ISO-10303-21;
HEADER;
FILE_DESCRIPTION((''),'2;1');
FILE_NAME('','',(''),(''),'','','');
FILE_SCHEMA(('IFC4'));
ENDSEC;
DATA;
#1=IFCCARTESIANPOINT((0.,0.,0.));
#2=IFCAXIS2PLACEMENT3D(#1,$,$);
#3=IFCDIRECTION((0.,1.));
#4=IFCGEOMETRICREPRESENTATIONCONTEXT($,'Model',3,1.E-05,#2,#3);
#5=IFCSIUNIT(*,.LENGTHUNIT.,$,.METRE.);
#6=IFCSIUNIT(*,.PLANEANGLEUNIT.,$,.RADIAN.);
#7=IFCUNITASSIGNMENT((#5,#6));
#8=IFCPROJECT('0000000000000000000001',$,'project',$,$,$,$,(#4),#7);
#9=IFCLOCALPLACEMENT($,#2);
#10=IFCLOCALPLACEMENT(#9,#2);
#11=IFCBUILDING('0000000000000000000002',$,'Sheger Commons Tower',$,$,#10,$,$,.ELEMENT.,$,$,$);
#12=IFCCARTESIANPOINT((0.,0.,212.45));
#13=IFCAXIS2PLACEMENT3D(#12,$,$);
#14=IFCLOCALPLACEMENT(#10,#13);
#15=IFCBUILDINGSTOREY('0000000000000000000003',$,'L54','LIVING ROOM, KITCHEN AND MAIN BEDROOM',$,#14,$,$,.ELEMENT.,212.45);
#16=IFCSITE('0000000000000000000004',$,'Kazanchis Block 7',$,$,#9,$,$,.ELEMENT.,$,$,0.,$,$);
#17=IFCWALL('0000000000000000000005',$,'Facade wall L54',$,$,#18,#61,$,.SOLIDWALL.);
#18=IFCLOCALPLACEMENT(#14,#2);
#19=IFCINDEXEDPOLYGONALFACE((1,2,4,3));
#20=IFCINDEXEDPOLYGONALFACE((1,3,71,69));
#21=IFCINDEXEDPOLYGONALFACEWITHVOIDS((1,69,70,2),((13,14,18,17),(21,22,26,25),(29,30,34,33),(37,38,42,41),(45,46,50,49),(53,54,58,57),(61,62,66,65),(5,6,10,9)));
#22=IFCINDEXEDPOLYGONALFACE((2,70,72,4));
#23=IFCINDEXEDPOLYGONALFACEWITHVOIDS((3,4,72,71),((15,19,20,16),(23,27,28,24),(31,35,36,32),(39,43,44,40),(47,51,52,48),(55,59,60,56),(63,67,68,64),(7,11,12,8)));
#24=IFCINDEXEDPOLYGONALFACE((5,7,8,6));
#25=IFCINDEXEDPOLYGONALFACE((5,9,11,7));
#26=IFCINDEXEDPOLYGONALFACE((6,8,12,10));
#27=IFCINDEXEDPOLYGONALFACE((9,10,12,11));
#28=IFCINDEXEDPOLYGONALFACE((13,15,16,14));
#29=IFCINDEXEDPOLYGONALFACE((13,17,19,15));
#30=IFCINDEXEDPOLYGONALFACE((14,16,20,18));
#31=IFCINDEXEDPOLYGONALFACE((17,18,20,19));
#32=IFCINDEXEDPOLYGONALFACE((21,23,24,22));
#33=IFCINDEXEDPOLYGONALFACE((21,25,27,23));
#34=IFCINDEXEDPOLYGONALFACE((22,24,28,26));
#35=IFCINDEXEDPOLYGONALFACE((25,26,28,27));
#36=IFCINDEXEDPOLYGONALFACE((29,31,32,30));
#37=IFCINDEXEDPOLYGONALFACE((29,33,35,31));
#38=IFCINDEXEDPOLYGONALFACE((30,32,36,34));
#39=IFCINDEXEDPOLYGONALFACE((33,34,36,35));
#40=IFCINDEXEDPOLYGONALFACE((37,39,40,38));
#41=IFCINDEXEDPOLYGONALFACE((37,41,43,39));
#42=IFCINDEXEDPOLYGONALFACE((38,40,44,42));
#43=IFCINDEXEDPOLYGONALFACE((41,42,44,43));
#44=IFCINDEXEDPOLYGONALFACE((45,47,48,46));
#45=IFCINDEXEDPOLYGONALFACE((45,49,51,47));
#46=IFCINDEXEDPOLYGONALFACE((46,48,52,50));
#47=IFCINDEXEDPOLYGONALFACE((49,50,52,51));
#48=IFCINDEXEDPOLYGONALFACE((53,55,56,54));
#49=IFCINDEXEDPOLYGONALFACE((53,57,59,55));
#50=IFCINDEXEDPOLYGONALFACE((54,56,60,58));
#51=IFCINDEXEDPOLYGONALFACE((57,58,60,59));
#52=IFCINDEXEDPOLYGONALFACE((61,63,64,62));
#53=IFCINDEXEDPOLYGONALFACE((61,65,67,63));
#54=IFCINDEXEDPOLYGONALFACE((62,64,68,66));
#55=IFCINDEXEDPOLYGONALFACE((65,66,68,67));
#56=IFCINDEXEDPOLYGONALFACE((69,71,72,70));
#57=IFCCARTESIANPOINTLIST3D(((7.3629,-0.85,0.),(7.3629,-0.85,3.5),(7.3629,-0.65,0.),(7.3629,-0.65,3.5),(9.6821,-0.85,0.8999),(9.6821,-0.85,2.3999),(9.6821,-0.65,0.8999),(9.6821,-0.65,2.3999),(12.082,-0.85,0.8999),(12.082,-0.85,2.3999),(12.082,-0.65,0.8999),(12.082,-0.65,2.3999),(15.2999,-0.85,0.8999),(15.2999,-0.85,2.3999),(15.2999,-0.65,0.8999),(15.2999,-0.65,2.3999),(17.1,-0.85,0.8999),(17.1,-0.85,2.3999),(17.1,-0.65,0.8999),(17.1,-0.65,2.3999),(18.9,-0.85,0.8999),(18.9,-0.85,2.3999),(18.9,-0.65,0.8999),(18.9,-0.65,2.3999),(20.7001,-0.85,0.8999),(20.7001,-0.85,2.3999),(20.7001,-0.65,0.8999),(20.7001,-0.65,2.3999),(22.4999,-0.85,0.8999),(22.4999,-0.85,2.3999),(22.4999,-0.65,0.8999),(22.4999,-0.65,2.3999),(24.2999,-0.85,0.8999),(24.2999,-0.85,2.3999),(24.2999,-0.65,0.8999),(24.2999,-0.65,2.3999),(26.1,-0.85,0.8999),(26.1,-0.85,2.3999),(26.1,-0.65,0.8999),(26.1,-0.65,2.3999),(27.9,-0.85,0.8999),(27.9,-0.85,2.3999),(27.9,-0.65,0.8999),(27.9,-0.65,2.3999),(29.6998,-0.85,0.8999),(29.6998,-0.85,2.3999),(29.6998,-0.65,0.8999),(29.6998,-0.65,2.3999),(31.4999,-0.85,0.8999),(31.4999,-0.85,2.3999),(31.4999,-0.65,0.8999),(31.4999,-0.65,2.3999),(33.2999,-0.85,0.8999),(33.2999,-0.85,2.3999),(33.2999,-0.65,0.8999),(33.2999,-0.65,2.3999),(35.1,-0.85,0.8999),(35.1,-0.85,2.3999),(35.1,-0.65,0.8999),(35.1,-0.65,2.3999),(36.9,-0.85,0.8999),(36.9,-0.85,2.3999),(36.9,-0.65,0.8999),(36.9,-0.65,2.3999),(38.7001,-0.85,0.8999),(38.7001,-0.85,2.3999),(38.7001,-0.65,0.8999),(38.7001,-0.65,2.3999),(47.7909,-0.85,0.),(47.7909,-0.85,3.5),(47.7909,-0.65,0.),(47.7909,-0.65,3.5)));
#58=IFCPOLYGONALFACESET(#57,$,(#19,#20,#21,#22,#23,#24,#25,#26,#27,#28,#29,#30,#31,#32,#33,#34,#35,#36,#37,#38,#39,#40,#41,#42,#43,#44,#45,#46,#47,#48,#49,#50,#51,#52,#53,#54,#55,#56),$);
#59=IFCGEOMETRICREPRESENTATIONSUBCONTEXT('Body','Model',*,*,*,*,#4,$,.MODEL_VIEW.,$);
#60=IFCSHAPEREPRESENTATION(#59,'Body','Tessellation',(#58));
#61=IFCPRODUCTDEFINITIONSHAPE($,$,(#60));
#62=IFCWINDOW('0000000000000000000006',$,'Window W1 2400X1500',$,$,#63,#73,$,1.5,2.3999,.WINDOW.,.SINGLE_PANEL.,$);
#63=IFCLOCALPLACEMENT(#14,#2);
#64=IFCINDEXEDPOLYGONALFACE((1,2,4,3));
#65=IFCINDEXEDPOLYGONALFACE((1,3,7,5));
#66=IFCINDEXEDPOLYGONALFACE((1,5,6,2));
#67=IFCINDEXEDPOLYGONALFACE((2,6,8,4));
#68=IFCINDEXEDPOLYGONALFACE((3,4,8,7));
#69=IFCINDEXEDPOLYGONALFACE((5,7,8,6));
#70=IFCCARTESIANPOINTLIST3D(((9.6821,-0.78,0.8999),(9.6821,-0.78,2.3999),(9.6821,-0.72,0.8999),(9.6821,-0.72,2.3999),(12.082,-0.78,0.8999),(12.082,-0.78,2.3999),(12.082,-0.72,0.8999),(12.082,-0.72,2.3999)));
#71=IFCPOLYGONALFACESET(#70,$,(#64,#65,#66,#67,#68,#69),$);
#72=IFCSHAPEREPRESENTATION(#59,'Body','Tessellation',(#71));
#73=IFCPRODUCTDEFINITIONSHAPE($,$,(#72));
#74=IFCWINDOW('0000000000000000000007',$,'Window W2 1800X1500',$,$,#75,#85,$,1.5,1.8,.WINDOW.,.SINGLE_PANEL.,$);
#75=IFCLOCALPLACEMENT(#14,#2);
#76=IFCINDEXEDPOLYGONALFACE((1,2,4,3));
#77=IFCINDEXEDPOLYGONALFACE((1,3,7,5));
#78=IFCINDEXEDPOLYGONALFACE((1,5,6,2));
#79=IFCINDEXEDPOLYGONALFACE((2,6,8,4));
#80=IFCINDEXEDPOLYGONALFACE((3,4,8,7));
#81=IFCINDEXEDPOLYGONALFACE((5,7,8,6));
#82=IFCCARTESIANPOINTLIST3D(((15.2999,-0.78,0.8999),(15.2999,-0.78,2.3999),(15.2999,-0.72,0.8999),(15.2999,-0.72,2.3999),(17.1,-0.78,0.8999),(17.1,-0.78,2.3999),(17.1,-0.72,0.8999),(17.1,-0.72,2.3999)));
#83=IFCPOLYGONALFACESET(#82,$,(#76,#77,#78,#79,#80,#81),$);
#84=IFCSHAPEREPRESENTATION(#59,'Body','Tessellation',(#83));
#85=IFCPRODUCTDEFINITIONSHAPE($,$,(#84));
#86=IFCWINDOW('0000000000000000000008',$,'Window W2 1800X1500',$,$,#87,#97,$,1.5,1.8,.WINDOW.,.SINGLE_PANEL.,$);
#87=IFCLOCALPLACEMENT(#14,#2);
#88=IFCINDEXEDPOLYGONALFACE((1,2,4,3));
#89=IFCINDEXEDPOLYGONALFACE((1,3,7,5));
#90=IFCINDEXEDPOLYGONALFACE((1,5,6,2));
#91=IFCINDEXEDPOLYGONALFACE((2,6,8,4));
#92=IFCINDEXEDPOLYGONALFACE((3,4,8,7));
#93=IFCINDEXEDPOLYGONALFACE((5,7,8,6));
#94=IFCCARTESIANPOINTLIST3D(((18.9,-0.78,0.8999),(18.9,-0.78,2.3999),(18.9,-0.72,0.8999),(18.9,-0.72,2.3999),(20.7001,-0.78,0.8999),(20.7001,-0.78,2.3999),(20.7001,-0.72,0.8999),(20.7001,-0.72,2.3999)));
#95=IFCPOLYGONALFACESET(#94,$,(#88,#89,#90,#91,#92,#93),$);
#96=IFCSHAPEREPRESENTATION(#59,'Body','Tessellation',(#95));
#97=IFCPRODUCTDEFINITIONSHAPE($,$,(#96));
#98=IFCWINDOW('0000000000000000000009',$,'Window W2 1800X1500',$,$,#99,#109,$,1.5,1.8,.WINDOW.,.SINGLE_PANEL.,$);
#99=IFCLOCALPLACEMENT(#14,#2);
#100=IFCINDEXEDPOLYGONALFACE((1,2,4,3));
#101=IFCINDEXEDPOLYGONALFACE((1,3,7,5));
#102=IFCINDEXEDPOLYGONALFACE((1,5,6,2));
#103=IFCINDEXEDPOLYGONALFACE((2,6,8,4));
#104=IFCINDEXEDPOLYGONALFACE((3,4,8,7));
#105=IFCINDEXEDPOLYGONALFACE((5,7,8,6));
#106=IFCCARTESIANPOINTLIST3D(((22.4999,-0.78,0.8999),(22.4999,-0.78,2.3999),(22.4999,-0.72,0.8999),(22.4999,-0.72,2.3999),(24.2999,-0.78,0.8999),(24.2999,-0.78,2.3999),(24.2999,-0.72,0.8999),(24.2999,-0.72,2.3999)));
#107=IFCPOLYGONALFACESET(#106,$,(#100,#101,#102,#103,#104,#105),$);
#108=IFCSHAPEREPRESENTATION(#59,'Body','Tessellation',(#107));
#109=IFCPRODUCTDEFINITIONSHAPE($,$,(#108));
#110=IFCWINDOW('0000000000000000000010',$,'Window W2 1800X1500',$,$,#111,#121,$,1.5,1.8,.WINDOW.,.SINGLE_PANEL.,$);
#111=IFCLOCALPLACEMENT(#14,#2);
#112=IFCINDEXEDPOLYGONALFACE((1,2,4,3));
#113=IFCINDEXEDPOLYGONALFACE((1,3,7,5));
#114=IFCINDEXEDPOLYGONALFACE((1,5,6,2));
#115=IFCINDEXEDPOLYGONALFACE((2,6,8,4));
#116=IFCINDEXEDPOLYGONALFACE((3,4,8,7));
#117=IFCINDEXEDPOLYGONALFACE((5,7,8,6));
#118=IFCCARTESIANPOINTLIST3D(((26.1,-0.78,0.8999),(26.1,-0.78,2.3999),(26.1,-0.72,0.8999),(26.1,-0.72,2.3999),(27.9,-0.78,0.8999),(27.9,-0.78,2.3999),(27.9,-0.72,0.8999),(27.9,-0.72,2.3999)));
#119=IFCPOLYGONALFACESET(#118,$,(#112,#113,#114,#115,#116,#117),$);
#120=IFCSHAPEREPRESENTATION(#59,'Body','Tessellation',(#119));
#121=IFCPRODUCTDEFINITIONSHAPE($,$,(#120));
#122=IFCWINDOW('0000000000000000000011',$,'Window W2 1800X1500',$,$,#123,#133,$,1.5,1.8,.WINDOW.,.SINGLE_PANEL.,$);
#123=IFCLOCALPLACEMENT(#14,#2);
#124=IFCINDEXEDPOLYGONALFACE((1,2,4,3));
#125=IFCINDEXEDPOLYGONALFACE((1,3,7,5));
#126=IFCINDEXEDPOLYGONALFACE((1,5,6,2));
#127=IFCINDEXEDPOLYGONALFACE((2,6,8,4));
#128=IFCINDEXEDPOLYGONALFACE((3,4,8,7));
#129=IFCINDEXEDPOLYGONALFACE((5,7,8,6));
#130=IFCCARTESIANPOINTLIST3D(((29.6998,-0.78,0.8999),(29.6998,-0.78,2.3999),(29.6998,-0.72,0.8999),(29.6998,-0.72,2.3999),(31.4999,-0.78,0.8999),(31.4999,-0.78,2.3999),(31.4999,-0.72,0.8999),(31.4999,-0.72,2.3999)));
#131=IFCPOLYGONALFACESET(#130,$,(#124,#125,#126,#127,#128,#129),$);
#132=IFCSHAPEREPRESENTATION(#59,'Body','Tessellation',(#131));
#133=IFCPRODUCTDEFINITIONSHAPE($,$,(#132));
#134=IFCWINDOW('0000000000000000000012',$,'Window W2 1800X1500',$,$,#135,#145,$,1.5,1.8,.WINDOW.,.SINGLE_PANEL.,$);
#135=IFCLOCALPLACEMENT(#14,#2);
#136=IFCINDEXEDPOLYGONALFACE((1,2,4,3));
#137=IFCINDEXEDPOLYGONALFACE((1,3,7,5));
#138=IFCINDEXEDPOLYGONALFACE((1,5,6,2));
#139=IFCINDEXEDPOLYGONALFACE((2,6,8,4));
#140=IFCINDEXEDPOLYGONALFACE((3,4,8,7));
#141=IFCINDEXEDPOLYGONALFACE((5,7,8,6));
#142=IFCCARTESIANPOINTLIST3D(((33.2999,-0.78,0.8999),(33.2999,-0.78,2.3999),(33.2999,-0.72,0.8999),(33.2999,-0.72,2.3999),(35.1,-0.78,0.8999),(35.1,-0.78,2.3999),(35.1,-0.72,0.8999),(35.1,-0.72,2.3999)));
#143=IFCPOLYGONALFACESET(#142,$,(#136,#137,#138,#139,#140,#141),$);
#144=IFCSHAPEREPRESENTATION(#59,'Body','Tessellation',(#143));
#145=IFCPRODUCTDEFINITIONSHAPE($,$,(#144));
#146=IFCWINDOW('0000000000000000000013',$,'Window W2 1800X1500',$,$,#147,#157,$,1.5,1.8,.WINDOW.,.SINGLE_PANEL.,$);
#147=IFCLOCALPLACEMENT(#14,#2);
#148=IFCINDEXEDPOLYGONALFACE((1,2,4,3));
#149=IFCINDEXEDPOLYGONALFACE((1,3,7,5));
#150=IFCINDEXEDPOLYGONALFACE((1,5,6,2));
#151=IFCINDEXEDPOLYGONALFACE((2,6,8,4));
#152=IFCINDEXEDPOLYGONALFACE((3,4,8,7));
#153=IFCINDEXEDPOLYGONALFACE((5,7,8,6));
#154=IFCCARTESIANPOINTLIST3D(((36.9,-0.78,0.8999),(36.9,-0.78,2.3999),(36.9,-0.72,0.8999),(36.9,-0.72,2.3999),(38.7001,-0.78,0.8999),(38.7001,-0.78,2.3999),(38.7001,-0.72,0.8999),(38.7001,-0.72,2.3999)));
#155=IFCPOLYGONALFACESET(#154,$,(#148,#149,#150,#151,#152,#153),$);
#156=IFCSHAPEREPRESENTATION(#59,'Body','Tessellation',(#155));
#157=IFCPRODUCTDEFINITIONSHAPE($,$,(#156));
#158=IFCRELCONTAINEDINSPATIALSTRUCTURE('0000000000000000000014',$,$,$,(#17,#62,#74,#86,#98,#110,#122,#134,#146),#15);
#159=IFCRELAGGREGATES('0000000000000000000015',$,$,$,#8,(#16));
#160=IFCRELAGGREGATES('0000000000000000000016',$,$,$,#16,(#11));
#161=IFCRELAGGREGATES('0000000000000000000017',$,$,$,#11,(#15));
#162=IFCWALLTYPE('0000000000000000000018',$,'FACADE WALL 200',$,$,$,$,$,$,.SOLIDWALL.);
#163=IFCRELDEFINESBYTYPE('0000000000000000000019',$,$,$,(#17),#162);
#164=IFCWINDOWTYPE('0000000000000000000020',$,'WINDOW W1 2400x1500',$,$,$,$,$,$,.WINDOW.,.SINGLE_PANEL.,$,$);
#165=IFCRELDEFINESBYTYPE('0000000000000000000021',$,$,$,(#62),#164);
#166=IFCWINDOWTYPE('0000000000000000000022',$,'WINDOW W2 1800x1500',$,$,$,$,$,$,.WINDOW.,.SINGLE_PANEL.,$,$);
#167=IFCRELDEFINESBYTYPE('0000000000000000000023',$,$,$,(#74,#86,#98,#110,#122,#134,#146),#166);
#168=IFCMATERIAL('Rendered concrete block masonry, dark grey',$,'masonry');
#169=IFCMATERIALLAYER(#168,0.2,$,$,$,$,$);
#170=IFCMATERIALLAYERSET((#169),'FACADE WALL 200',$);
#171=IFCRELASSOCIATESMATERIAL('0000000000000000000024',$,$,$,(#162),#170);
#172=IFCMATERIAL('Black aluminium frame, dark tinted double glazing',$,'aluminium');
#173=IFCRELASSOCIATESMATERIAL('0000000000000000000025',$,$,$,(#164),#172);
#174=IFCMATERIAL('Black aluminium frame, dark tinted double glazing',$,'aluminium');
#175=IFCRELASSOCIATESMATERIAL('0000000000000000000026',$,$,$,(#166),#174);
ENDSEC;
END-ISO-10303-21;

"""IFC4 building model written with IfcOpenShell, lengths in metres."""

from ifc_helpers import new_model, si_unit, direction, frame, frame_2d, origin, place, context, subcontext, project, spatial, rectangle, extrude, material, layer, layer_set, type_object, element, fill, save


model = new_model("IFC4")

# Units and contexts
model_context = context("Model", 3, precision=1e-05, world=origin(), true_north=direction((0.0, 1.0)))
body_context = subcontext(model_context, "Body", "Model", "MODEL_VIEW")
ifc_project = project(units=[si_unit("LENGTHUNIT", "METRE"), si_unit("PLANEANGLEUNIT", "RADIAN")], contexts=[model_context])

# Site, building, storey
site_placement = place(None, origin())
site = spatial("IfcSite", under=ifc_project, at=site_placement, Name="Kazanchis Block 7", CompositionType="ELEMENT", RefElevation=0.0)
building_placement = place(site_placement, origin())
building = spatial("IfcBuilding", under=site, at=building_placement, Name="Sheger Commons Tower", CompositionType="ELEMENT")
storey_placement = place(building_placement, frame((0.0, 0.0, 212.45)))
storey = spatial("IfcBuildingStorey", under=building, at=storey_placement, Name="L54", Description="LIVING ROOM, KITCHEN AND MAIN BEDROOM", CompositionType="ELEMENT", Elevation=212.45)

# Wall, openings, windows
ifc_material_1 = material(Name="Rendered concrete block masonry, dark grey", Category="masonry")
ifc_layer_1 = layer(ifc_material_1, 0.2)
ifc_layer_set_1 = layer_set([ifc_layer_1], Name="FACADE WALL 200")
wall_type_1 = type_object("IfcWallType", Name="FACADE WALL 200", PredefinedType="SOLIDWALL", material=ifc_layer_set_1)
wall_1_placement = place(storey_placement, frame((7.363, -0.75, 0.0), z_axis=(0.0, 0.0, 1.0), x_axis=(1.0, 0.0, 0.0)))
wall_1 = element("IfcWall", 1, at=wall_1_placement, inside=storey, type_object=wall_type_1, Name="Facade wall L54", PredefinedType="SOLIDWALL", context=body_context, shape_type="SweptSolid", body=[
    extrude(rectangle(XDim=40.428, YDim=0.2, at=frame_2d((20.2139, 0.0))), origin(), (0.0, 0.0, 1.0), 3.5),
])
opening_1_placement = place(wall_1_placement, frame((2.3191, 0.0, 0.8999)))
opening_1 = element("IfcOpeningElement", 2, at=opening_1_placement, cuts=wall_1, PredefinedType="OPENING", context=body_context, shape_type="SweptSolid", body=[
    extrude(rectangle(XDim=2.3999, YDim=1.5, at=frame_2d((1.2, 0.75))), frame((0.0, 0.1099, 0.0), z_axis=(0.0, -1.0, 0.0), x_axis=(1.0, 0.0, 0.0)), (0.0, 0.0, 1.0), 0.22),
])
opening_2_placement = place(wall_1_placement, frame((7.937, 0.0, 0.8999)))
opening_2 = element("IfcOpeningElement", 3, at=opening_2_placement, cuts=wall_1, PredefinedType="OPENING", context=body_context, shape_type="SweptSolid", body=[
    extrude(rectangle(XDim=1.8, YDim=1.5, at=frame_2d((0.8999, 0.75))), frame((0.0, 0.1099, 0.0), z_axis=(0.0, -1.0, 0.0), x_axis=(1.0, 0.0, 0.0)), (0.0, 0.0, 1.0), 0.22),
])
opening_3_placement = place(wall_1_placement, frame((11.5371, 0.0, 0.8999)))
opening_3 = element("IfcOpeningElement", 4, at=opening_3_placement, cuts=wall_1, PredefinedType="OPENING", context=body_context, shape_type="SweptSolid", body=[
    extrude(rectangle(XDim=1.8, YDim=1.5, at=frame_2d((0.8999, 0.75))), frame((0.0, 0.1099, 0.0), z_axis=(0.0, -1.0, 0.0), x_axis=(1.0, 0.0, 0.0)), (0.0, 0.0, 1.0), 0.22),
])
opening_4_placement = place(wall_1_placement, frame((15.137, 0.0, 0.8999)))
opening_4 = element("IfcOpeningElement", 5, at=opening_4_placement, cuts=wall_1, PredefinedType="OPENING", context=body_context, shape_type="SweptSolid", body=[
    extrude(rectangle(XDim=1.8, YDim=1.5, at=frame_2d((0.8999, 0.75))), frame((0.0, 0.1099, 0.0), z_axis=(0.0, -1.0, 0.0), x_axis=(1.0, 0.0, 0.0)), (0.0, 0.0, 1.0), 0.22),
])
opening_5_placement = place(wall_1_placement, frame((18.7371, 0.0, 0.8999)))
opening_5 = element("IfcOpeningElement", 6, at=opening_5_placement, cuts=wall_1, PredefinedType="OPENING", context=body_context, shape_type="SweptSolid", body=[
    extrude(rectangle(XDim=1.8, YDim=1.5, at=frame_2d((0.8999, 0.75))), frame((0.0, 0.1099, 0.0), z_axis=(0.0, -1.0, 0.0), x_axis=(1.0, 0.0, 0.0)), (0.0, 0.0, 1.0), 0.22),
])
opening_6_placement = place(wall_1_placement, frame((22.3369, 0.0, 0.8999)))
opening_6 = element("IfcOpeningElement", 7, at=opening_6_placement, cuts=wall_1, PredefinedType="OPENING", context=body_context, shape_type="SweptSolid", body=[
    extrude(rectangle(XDim=1.8, YDim=1.5, at=frame_2d((0.8999, 0.75))), frame((0.0, 0.1099, 0.0), z_axis=(0.0, -1.0, 0.0), x_axis=(1.0, 0.0, 0.0)), (0.0, 0.0, 1.0), 0.22),
])
opening_7_placement = place(wall_1_placement, frame((25.937, 0.0, 0.8999)))
opening_7 = element("IfcOpeningElement", 8, at=opening_7_placement, cuts=wall_1, PredefinedType="OPENING", context=body_context, shape_type="SweptSolid", body=[
    extrude(rectangle(XDim=1.8, YDim=1.5, at=frame_2d((0.8999, 0.75))), frame((0.0, 0.1099, 0.0), z_axis=(0.0, -1.0, 0.0), x_axis=(1.0, 0.0, 0.0)), (0.0, 0.0, 1.0), 0.22),
])
opening_8_placement = place(wall_1_placement, frame((29.5371, 0.0, 0.8999)))
opening_8 = element("IfcOpeningElement", 9, at=opening_8_placement, cuts=wall_1, PredefinedType="OPENING", context=body_context, shape_type="SweptSolid", body=[
    extrude(rectangle(XDim=1.8, YDim=1.5, at=frame_2d((0.8999, 0.75))), frame((0.0, 0.1099, 0.0), z_axis=(0.0, -1.0, 0.0), x_axis=(1.0, 0.0, 0.0)), (0.0, 0.0, 1.0), 0.22),
])
ifc_material_2 = material(Name="Black aluminium frame, dark tinted double glazing", Category="aluminium")
window_type_1 = type_object("IfcWindowType", Name="WINDOW W1 2400x1500", PartitioningType="SINGLE_PANEL", PredefinedType="WINDOW", material=ifc_material_2)
window_1_placement = place(opening_1_placement, origin())
window_1 = element("IfcWindow", 10, at=window_1_placement, inside=storey, type_object=window_type_1, Name="Window W1 2400X1500", OverallHeight=1.5, OverallWidth=2.3999, PartitioningType="SINGLE_PANEL", PredefinedType="WINDOW", context=body_context, shape_type="SweptSolid", body=[
    extrude(rectangle(XDim=2.3999, YDim=1.5, at=frame_2d((1.2, 0.75))), frame((0.0, 0.03, 0.0), z_axis=(0.0, -1.0, 0.0), x_axis=(1.0, 0.0, 0.0)), (0.0, 0.0, 1.0), 0.0601),
])
fill(opening_1, window_1)
ifc_material_3 = material(Name="Black aluminium frame, dark tinted double glazing", Category="aluminium")
window_type_2 = type_object("IfcWindowType", Name="WINDOW W2 1800x1500", PartitioningType="SINGLE_PANEL", PredefinedType="WINDOW", material=ifc_material_3)
window_2_placement = place(opening_2_placement, origin())
window_2 = element("IfcWindow", 11, at=window_2_placement, inside=storey, type_object=window_type_2, Name="Window W2 1800X1500", OverallHeight=1.5, OverallWidth=1.8, PartitioningType="SINGLE_PANEL", PredefinedType="WINDOW", context=body_context, shape_type="SweptSolid", body=[
    extrude(rectangle(XDim=1.8, YDim=1.5, at=frame_2d((0.8999, 0.75))), frame((0.0, 0.03, 0.0), z_axis=(0.0, -1.0, 0.0), x_axis=(1.0, 0.0, 0.0)), (0.0, 0.0, 1.0), 0.0601),
])
fill(opening_2, window_2)
window_3_placement = place(opening_3_placement, origin())
window_3 = element("IfcWindow", 12, at=window_3_placement, inside=storey, type_object=window_type_2, Name="Window W2 1800X1500", OverallHeight=1.5, OverallWidth=1.8, PartitioningType="SINGLE_PANEL", PredefinedType="WINDOW", context=body_context, shape_type="SweptSolid", body=[
    extrude(rectangle(XDim=1.8, YDim=1.5, at=frame_2d((0.8999, 0.75))), frame((0.0, 0.03, 0.0), z_axis=(0.0, -1.0, 0.0), x_axis=(1.0, 0.0, 0.0)), (0.0, 0.0, 1.0), 0.0601),
])
fill(opening_3, window_3)
window_4_placement = place(opening_4_placement, origin())
window_4 = element("IfcWindow", 13, at=window_4_placement, inside=storey, type_object=window_type_2, Name="Window W2 1800X1500", OverallHeight=1.5, OverallWidth=1.8, PartitioningType="SINGLE_PANEL", PredefinedType="WINDOW", context=body_context, shape_type="SweptSolid", body=[
    extrude(rectangle(XDim=1.8, YDim=1.5, at=frame_2d((0.8999, 0.75))), frame((0.0, 0.03, 0.0), z_axis=(0.0, -1.0, 0.0), x_axis=(1.0, 0.0, 0.0)), (0.0, 0.0, 1.0), 0.0601),
])
fill(opening_4, window_4)
window_5_placement = place(opening_5_placement, origin())
window_5 = element("IfcWindow", 14, at=window_5_placement, inside=storey, type_object=window_type_2, Name="Window W2 1800X1500", OverallHeight=1.5, OverallWidth=1.8, PartitioningType="SINGLE_PANEL", PredefinedType="WINDOW", context=body_context, shape_type="SweptSolid", body=[
    extrude(rectangle(XDim=1.8, YDim=1.5, at=frame_2d((0.8999, 0.75))), frame((0.0, 0.03, 0.0), z_axis=(0.0, -1.0, 0.0), x_axis=(1.0, 0.0, 0.0)), (0.0, 0.0, 1.0), 0.0601),
])
fill(opening_5, window_5)
window_6_placement = place(opening_6_placement, origin())
window_6 = element("IfcWindow", 15, at=window_6_placement, inside=storey, type_object=window_type_2, Name="Window W2 1800X1500", OverallHeight=1.5, OverallWidth=1.8, PartitioningType="SINGLE_PANEL", PredefinedType="WINDOW", context=body_context, shape_type="SweptSolid", body=[
    extrude(rectangle(XDim=1.8, YDim=1.5, at=frame_2d((0.8999, 0.75))), frame((0.0, 0.03, 0.0), z_axis=(0.0, -1.0, 0.0), x_axis=(1.0, 0.0, 0.0)), (0.0, 0.0, 1.0), 0.0601),
])
fill(opening_6, window_6)
window_7_placement = place(opening_7_placement, origin())
window_7 = element("IfcWindow", 16, at=window_7_placement, inside=storey, type_object=window_type_2, Name="Window W2 1800X1500", OverallHeight=1.5, OverallWidth=1.8, PartitioningType="SINGLE_PANEL", PredefinedType="WINDOW", context=body_context, shape_type="SweptSolid", body=[
    extrude(rectangle(XDim=1.8, YDim=1.5, at=frame_2d((0.8999, 0.75))), frame((0.0, 0.03, 0.0), z_axis=(0.0, -1.0, 0.0), x_axis=(1.0, 0.0, 0.0)), (0.0, 0.0, 1.0), 0.0601),
])
fill(opening_7, window_7)
window_8_placement = place(opening_8_placement, origin())
window_8 = element("IfcWindow", 17, at=window_8_placement, inside=storey, type_object=window_type_2, Name="Window W2 1800X1500", OverallHeight=1.5, OverallWidth=1.8, PartitioningType="SINGLE_PANEL", PredefinedType="WINDOW", context=body_context, shape_type="SweptSolid", body=[
    extrude(rectangle(XDim=1.8, YDim=1.5, at=frame_2d((0.8999, 0.75))), frame((0.0, 0.03, 0.0), z_axis=(0.0, -1.0, 0.0), x_axis=(1.0, 0.0, 0.0)), (0.0, 0.0, 1.0), 0.0601),
])
fill(opening_8, window_8)

save(model, "model.ifc")
